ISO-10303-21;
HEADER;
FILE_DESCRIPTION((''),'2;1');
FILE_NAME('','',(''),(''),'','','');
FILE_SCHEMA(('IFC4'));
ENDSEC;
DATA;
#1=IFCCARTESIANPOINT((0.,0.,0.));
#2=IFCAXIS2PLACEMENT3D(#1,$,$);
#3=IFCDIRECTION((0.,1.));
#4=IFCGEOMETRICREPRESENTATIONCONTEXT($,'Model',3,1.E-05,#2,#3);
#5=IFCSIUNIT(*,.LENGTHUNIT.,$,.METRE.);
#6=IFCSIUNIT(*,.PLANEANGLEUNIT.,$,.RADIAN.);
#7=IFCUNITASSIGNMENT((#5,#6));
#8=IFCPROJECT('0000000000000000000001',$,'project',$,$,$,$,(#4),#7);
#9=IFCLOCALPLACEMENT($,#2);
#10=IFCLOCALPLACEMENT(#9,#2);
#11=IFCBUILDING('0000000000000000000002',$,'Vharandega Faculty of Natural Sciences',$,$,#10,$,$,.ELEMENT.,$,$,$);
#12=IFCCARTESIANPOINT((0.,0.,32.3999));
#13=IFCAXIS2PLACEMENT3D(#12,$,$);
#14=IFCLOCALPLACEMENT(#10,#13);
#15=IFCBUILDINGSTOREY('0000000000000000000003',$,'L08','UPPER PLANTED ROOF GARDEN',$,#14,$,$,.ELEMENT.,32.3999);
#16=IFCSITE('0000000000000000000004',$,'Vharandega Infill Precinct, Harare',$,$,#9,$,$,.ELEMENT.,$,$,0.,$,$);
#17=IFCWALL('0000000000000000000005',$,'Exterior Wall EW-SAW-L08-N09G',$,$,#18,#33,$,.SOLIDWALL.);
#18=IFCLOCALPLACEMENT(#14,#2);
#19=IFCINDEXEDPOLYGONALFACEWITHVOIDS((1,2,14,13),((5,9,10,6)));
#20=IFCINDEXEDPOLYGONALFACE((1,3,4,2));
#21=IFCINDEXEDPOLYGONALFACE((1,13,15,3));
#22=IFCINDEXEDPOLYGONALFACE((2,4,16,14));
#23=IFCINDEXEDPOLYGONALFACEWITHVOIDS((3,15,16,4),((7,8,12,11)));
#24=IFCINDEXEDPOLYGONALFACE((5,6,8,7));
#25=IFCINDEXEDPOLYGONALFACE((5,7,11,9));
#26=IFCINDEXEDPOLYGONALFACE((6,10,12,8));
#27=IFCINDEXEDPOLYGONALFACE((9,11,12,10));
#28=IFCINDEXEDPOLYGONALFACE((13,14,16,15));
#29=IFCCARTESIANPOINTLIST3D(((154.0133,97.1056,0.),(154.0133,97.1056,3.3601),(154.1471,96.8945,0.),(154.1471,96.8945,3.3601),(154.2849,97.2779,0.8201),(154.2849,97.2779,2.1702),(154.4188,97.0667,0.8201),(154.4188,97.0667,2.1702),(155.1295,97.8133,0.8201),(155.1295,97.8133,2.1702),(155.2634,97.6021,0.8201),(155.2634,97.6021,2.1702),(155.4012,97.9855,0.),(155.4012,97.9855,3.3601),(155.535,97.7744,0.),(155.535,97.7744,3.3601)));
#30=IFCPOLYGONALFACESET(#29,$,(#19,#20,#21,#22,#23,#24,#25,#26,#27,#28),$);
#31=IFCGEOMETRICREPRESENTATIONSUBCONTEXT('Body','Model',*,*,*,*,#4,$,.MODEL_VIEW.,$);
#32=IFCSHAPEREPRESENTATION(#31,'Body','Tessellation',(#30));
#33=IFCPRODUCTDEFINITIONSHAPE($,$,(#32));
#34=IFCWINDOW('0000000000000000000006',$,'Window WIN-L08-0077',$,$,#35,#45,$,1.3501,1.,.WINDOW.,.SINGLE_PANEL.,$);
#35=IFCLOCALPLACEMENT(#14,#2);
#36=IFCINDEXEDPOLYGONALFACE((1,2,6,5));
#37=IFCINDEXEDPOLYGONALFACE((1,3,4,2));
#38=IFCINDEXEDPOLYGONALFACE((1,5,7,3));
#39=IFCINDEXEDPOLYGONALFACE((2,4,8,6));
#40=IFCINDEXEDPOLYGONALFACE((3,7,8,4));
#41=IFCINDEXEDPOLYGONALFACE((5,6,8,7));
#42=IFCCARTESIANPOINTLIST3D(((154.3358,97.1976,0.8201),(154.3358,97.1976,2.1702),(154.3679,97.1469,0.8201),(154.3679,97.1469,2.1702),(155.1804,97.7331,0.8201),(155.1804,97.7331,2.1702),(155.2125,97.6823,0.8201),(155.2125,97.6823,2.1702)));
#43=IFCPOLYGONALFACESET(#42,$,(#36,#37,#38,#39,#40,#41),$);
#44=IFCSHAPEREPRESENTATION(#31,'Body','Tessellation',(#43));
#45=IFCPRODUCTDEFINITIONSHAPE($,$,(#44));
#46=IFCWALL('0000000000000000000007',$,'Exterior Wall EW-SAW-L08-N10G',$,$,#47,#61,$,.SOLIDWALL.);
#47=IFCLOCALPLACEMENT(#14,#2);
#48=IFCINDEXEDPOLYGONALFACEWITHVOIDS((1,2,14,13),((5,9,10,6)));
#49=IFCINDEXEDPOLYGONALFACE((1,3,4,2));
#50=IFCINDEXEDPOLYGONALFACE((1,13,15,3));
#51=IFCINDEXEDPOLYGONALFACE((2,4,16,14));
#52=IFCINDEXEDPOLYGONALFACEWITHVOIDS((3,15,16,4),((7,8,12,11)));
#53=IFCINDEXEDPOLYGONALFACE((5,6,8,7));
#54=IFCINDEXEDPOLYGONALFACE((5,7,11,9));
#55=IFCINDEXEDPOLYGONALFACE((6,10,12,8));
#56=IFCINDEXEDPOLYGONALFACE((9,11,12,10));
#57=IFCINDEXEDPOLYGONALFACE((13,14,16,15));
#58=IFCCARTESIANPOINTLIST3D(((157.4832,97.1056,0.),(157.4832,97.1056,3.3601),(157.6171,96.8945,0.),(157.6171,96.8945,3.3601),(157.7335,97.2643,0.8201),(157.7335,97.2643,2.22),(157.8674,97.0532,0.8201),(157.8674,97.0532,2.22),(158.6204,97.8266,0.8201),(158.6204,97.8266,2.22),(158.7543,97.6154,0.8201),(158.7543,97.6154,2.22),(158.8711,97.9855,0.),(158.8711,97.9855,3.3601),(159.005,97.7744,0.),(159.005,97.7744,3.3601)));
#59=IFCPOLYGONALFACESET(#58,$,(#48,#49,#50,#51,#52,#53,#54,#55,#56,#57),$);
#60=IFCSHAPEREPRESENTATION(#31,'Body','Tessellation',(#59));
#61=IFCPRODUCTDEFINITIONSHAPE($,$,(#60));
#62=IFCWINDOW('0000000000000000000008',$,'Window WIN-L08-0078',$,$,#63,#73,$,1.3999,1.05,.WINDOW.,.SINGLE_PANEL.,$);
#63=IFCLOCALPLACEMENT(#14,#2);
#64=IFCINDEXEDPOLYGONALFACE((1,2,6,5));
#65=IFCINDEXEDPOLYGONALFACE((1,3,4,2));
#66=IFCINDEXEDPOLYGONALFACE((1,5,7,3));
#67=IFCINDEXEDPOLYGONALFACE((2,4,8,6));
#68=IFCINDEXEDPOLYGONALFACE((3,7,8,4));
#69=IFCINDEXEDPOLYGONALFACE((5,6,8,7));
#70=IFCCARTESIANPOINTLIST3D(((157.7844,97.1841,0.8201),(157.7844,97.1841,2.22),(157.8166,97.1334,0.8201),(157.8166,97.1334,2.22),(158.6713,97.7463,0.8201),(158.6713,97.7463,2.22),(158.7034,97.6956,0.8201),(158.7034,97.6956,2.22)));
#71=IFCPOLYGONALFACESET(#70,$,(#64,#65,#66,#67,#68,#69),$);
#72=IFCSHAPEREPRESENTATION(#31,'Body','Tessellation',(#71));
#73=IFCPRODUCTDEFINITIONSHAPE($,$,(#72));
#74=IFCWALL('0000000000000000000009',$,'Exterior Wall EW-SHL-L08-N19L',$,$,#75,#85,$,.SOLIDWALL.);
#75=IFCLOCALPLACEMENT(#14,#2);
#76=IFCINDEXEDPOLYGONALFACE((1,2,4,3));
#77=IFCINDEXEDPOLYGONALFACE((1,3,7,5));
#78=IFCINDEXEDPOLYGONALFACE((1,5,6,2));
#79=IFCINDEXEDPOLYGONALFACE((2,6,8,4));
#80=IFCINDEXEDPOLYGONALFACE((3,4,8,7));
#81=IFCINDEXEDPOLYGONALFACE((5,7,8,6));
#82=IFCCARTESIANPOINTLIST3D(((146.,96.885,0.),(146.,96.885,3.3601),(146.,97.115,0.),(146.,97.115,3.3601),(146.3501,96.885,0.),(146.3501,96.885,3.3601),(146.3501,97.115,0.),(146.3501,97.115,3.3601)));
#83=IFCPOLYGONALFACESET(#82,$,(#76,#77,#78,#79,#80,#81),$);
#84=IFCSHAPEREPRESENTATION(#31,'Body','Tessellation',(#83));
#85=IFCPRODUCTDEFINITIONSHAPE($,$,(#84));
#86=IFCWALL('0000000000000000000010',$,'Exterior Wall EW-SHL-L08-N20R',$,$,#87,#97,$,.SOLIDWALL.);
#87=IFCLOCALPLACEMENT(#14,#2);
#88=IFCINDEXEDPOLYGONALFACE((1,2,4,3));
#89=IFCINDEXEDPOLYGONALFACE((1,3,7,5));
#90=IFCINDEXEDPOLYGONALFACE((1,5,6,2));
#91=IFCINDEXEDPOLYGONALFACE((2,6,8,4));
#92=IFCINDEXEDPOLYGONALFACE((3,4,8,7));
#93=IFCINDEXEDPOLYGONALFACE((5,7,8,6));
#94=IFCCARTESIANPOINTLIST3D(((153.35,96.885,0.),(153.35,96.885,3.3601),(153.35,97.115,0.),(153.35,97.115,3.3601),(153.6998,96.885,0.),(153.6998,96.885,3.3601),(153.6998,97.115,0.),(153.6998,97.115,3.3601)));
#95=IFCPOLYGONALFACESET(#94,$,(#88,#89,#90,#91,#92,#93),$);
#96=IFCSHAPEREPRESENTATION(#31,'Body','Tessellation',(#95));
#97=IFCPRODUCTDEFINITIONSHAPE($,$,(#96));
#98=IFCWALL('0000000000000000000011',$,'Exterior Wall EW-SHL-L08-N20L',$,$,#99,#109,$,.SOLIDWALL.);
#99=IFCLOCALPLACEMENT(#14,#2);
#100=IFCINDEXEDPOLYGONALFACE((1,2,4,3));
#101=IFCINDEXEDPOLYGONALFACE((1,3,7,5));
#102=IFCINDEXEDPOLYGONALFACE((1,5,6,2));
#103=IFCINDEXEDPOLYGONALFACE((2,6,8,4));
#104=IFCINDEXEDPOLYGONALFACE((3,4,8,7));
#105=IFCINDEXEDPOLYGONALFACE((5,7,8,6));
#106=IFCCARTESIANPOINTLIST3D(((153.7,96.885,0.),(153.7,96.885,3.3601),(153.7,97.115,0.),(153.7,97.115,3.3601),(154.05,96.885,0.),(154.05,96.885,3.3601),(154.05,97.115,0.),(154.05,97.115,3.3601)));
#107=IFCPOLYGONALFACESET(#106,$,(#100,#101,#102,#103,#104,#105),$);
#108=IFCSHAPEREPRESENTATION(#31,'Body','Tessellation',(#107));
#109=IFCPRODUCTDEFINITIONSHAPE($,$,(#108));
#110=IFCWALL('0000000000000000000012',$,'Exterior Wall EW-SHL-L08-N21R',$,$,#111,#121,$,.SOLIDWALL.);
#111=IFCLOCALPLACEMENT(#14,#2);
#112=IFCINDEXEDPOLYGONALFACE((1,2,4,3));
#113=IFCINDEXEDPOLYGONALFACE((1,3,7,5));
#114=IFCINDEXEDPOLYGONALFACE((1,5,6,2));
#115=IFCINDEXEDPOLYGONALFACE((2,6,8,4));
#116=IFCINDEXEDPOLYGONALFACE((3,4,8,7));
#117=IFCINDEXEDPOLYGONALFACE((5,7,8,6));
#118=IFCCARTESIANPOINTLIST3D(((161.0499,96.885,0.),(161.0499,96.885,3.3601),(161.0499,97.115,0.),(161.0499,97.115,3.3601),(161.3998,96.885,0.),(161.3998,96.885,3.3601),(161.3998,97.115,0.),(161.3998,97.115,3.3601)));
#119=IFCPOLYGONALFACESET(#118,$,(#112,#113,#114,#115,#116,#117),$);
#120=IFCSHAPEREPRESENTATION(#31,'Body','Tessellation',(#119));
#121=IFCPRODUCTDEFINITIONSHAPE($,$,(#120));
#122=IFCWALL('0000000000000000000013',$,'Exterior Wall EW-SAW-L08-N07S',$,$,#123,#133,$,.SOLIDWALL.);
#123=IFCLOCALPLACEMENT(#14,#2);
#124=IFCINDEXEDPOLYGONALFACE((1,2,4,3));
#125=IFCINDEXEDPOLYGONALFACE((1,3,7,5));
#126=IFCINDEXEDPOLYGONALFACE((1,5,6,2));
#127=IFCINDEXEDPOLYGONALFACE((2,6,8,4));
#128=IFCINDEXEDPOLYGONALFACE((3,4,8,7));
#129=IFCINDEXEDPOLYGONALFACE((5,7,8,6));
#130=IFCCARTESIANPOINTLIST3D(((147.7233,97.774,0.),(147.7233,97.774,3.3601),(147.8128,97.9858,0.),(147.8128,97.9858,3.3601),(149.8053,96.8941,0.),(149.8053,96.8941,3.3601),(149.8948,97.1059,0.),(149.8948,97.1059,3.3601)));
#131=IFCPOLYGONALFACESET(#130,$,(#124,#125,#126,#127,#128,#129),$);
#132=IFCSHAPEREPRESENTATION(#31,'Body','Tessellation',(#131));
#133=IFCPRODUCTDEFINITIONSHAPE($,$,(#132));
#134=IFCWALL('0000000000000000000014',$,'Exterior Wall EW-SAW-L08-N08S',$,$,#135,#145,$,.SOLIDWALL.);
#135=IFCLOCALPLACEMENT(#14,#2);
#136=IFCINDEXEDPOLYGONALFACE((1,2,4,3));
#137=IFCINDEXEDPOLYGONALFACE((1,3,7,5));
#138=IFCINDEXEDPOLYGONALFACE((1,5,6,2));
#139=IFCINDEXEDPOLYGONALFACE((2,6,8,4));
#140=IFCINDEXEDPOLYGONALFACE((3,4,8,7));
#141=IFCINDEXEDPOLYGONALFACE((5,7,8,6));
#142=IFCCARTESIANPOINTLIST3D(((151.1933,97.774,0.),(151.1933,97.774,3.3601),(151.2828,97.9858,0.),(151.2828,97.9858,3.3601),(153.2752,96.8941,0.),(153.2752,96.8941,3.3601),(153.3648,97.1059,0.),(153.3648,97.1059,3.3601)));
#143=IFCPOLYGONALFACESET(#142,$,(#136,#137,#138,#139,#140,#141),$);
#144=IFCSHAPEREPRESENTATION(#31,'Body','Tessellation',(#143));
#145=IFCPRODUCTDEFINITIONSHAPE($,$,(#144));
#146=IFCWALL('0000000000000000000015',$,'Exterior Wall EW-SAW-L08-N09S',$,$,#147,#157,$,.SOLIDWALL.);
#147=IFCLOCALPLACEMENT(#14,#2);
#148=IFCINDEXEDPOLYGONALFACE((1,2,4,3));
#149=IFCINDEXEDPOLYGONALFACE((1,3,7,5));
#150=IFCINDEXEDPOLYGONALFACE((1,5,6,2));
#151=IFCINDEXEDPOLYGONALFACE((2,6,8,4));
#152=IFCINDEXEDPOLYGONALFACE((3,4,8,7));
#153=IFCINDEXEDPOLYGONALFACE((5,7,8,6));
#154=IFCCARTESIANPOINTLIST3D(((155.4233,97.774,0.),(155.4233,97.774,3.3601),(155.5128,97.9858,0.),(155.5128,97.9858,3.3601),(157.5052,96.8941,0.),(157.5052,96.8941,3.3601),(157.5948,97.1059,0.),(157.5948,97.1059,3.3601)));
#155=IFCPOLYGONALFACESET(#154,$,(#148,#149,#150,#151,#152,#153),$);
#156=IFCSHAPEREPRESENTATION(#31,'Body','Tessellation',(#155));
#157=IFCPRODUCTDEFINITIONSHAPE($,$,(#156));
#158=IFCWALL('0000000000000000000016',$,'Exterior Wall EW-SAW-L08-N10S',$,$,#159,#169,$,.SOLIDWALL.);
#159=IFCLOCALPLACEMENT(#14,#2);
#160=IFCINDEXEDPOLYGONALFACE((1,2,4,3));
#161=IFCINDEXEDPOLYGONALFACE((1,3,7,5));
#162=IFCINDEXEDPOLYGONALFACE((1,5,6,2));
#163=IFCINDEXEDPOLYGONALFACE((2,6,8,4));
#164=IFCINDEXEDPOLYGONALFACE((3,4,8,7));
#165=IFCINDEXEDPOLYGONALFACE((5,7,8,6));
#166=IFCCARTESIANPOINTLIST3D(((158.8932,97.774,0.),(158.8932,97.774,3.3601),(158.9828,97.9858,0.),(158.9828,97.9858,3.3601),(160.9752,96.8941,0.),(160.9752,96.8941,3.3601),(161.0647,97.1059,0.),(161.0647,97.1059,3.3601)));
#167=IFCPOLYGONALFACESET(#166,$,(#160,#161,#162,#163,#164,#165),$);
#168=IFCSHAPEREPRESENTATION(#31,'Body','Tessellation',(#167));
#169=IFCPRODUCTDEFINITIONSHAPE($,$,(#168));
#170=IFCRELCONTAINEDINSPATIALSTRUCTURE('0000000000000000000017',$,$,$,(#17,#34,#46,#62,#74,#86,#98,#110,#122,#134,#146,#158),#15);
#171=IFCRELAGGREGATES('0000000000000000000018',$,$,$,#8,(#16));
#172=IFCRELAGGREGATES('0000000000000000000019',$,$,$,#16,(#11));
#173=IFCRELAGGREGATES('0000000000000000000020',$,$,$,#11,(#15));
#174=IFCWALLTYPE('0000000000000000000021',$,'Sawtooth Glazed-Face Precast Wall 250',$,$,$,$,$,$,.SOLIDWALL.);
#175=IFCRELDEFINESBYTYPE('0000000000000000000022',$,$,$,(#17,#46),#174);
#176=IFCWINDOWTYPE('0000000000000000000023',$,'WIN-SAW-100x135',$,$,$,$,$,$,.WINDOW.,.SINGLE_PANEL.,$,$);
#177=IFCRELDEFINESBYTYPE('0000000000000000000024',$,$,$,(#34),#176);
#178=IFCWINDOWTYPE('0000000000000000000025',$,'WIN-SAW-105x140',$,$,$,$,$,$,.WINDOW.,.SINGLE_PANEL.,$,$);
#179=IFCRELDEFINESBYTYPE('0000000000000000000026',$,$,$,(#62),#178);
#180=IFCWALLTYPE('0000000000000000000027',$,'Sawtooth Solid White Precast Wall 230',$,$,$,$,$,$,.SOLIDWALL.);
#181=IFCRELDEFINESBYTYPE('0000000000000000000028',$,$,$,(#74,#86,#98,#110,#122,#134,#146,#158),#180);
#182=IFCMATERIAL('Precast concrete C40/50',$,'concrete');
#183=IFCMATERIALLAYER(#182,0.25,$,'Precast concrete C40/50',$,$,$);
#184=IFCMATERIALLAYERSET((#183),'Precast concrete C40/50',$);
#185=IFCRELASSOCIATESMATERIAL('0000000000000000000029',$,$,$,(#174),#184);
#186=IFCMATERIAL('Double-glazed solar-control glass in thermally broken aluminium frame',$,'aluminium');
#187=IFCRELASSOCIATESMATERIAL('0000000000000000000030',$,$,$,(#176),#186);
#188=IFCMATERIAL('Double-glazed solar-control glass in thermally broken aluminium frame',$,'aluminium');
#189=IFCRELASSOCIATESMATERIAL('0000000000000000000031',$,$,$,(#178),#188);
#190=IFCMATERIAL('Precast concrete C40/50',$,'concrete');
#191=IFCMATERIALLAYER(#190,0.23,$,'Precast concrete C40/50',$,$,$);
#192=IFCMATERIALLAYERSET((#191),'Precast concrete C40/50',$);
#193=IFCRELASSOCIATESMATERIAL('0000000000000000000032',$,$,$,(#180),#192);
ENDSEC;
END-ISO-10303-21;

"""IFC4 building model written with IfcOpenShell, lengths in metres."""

from ifc_helpers import new_model, si_unit, direction, frame, frame_2d, origin, place, context, subcontext, project, spatial, rectangle, extrude, material, layer, layer_set, type_object, element, fill, save


model = new_model("IFC4")

# Units and contexts
model_context = context("Model", 3, precision=1e-05, world=origin(), true_north=direction((0.0, 1.0)))
body_context = subcontext(model_context, "Body", "Model", "MODEL_VIEW")
ifc_project = project(units=[si_unit("LENGTHUNIT", "METRE"), si_unit("PLANEANGLEUNIT", "RADIAN")], contexts=[model_context])

# Site, building, storey
site_placement = place(None, origin())
site = spatial("IfcSite", under=ifc_project, at=site_placement, Name="Vharandega Infill Precinct, Harare", CompositionType="ELEMENT", RefElevation=0.0)
building_placement = place(site_placement, origin())
building = spatial("IfcBuilding", under=site, at=building_placement, Name="Vharandega Faculty of Natural Sciences", CompositionType="ELEMENT")
storey_placement = place(building_placement, frame((0.0, 0.0, 32.3999)))
storey = spatial("IfcBuildingStorey", under=building, at=storey_placement, Name="L08", Description="UPPER PLANTED ROOF GARDEN", CompositionType="ELEMENT", Elevation=32.3999)

# Walls, openings, windows
ifc_material_1 = material(Name="Precast concrete C40/50", Category="concrete")
ifc_layer_1 = layer(ifc_material_1, 0.25, Name="Precast concrete C40/50")
ifc_layer_set_1 = layer_set([ifc_layer_1], Name="Precast concrete C40/50")
wall_type_1 = type_object("IfcWallType", Name="Sawtooth Glazed-Face Precast Wall 250", PredefinedType="SOLIDWALL", material=ifc_layer_set_1)
wall_1_placement = place(storey_placement, frame((154.0801, 97.0, 0.0), z_axis=(0.0, 0.0, 1.0), x_axis=(0.844584, 0.535423, 0.0)))
wall_1 = element("IfcWall", 1, at=wall_1_placement, inside=storey, type_object=wall_type_1, Name="Exterior Wall EW-SAW-L08-N09G", PredefinedType="SOLIDWALL", context=body_context, shape_type="SweptSolid", body=[
    extrude(rectangle(XDim=1.6433, YDim=0.25, at=frame_2d((0.8218, 0.0))), origin(), (0.0, 0.0, 1.0), 3.3601),
])
opening_1_placement = place(wall_1_placement, frame((0.3218, 0.0, 0.8201)))
opening_1 = element("IfcOpeningElement", 2, at=opening_1_placement, cuts=wall_1, PredefinedType="OPENING", context=body_context, shape_type="SweptSolid", body=[
    extrude(rectangle(XDim=1.0, YDim=1.3501, at=frame_2d((0.5, 0.675))), frame((0.0, 0.135, 0.0), z_axis=(0.0, -1.0, 0.0), x_axis=(1.0, 0.0, 0.0)), (0.0, 0.0, 1.0), 0.27),
])
ifc_material_2 = material(Name="Double-glazed solar-control glass in thermally broken aluminium frame", Category="aluminium")
window_type_1 = type_object("IfcWindowType", Name="WIN-SAW-100x135", PartitioningType="SINGLE_PANEL", PredefinedType="WINDOW", material=ifc_material_2)
window_1_placement = place(opening_1_placement, origin())
window_1 = element("IfcWindow", 3, at=window_1_placement, inside=storey, type_object=window_type_1, Name="Window WIN-L08-0077", OverallHeight=1.3501, OverallWidth=1.0, PartitioningType="SINGLE_PANEL", PredefinedType="WINDOW", context=body_context, shape_type="SweptSolid", body=[
    extrude(rectangle(XDim=1.0, YDim=1.3501, at=frame_2d((0.5, 0.675))), frame((0.0, 0.03, 0.0), z_axis=(0.0, -1.0, 0.0), x_axis=(1.0, 0.0, 0.0)), (0.0, 0.0, 1.0), 0.0601),
])
fill(opening_1, window_1)
wall_2_placement = place(storey_placement, frame((157.55, 97.0, 0.0), z_axis=(0.0, 0.0, 1.0), x_axis=(0.844584, 0.535423, 0.0)))
wall_2 = element("IfcWall", 4, at=wall_2_placement, inside=storey, type_object=wall_type_1, Name="Exterior Wall EW-SAW-L08-N10G", PredefinedType="SOLIDWALL", context=body_context, shape_type="SweptSolid", body=[
    extrude(rectangle(XDim=1.6433, YDim=0.25, at=frame_2d((0.8218, 0.0))), origin(), (0.0, 0.0, 1.0), 3.3601),
])
opening_2_placement = place(wall_2_placement, frame((0.2966, 0.0, 0.8201)))
opening_2 = element("IfcOpeningElement", 5, at=opening_2_placement, cuts=wall_2, PredefinedType="OPENING", context=body_context, shape_type="SweptSolid", body=[
    extrude(rectangle(XDim=1.05, YDim=1.3999, at=frame_2d((0.5249, 0.7))), frame((0.0, 0.135, 0.0), z_axis=(0.0, -1.0, 0.0), x_axis=(1.0, 0.0, 0.0)), (0.0, 0.0, 1.0), 0.27),
])
ifc_material_3 = material(Name="Double-glazed solar-control glass in thermally broken aluminium frame", Category="aluminium")
window_type_2 = type_object("IfcWindowType", Name="WIN-SAW-105x140", PartitioningType="SINGLE_PANEL", PredefinedType="WINDOW", material=ifc_material_3)
window_2_placement = place(opening_2_placement, origin())
window_2 = element("IfcWindow", 6, at=window_2_placement, inside=storey, type_object=window_type_2, Name="Window WIN-L08-0078", OverallHeight=1.3999, OverallWidth=1.05, PartitioningType="SINGLE_PANEL", PredefinedType="WINDOW", context=body_context, shape_type="SweptSolid", body=[
    extrude(rectangle(XDim=1.05, YDim=1.3999, at=frame_2d((0.5249, 0.7))), frame((0.0, 0.03, 0.0), z_axis=(0.0, -1.0, 0.0), x_axis=(1.0, 0.0, 0.0)), (0.0, 0.0, 1.0), 0.0601),
])
fill(opening_2, window_2)

# Walls
ifc_material_4 = material(Name="Precast concrete C40/50", Category="concrete")
ifc_layer_2 = layer(ifc_material_4, 0.23, Name="Precast concrete C40/50")
ifc_layer_set_2 = layer_set([ifc_layer_2], Name="Precast concrete C40/50")
wall_type_2 = type_object("IfcWallType", Name="Sawtooth Solid White Precast Wall 230", PredefinedType="SOLIDWALL", material=ifc_layer_set_2)
wall_3_placement = place(storey_placement, frame((146.0, 97.0, 0.0), z_axis=(0.0, 0.0, 1.0), x_axis=(1.0, 0.0, 0.0)))
element("IfcWall", 7, at=wall_3_placement, inside=storey, type_object=wall_type_2, Name="Exterior Wall EW-SHL-L08-N19L", PredefinedType="SOLIDWALL", context=body_context, shape_type="SweptSolid", body=[
    extrude(rectangle(XDim=0.3501, YDim=0.23, at=frame_2d((0.175, 0.0))), origin(), (0.0, 0.0, 1.0), 3.3601),
])
wall_4_placement = place(storey_placement, frame((153.3501, 97.0, 0.0), z_axis=(0.0, 0.0, 1.0), x_axis=(1.0, 0.0, 0.0)))
element("IfcWall", 8, at=wall_4_placement, inside=storey, type_object=wall_type_2, Name="Exterior Wall EW-SHL-L08-N20R", PredefinedType="SOLIDWALL", context=body_context, shape_type="SweptSolid", body=[
    extrude(rectangle(XDim=0.3499, YDim=0.23, at=frame_2d((0.1748, 0.0))), origin(), (0.0, 0.0, 1.0), 3.3601),
])
wall_5_placement = place(storey_placement, frame((153.7, 97.0, 0.0), z_axis=(0.0, 0.0, 1.0), x_axis=(1.0, 0.0, 0.0)))
element("IfcWall", 9, at=wall_5_placement, inside=storey, type_object=wall_type_2, Name="Exterior Wall EW-SHL-L08-N20L", PredefinedType="SOLIDWALL", context=body_context, shape_type="SweptSolid", body=[
    extrude(rectangle(XDim=0.3501, YDim=0.23, at=frame_2d((0.175, 0.0))), origin(), (0.0, 0.0, 1.0), 3.3601),
])
wall_6_placement = place(storey_placement, frame((161.05, 97.0, 0.0), z_axis=(0.0, 0.0, 1.0), x_axis=(1.0, 0.0, 0.0)))
element("IfcWall", 10, at=wall_6_placement, inside=storey, type_object=wall_type_2, Name="Exterior Wall EW-SHL-L08-N21R", PredefinedType="SOLIDWALL", context=body_context, shape_type="SweptSolid", body=[
    extrude(rectangle(XDim=0.3499, YDim=0.23, at=frame_2d((0.1748, 0.0))), origin(), (0.0, 0.0, 1.0), 3.3601),
])
for number, where, z_axis, x_axis, name in (
    (11, (147.7681, 97.8799, 0.0), (0.0, 0.0, 1.0), (0.921122, -0.389274, 0.0), "Exterior Wall EW-SAW-L08-N07S"),
    (12, (151.238, 97.8799, 0.0), (0.0, 0.0, 1.0), (0.921122, -0.389274, 0.0), "Exterior Wall EW-SAW-L08-N08S"),
    (13, (155.468, 97.8799, 0.0), (0.0, 0.0, 1.0), (0.921122, -0.389274, 0.0), "Exterior Wall EW-SAW-L08-N09S"),
    (14, (158.938, 97.8799, 0.0), (0.0, 0.0, 1.0), (0.921122, -0.389274, 0.0), "Exterior Wall EW-SAW-L08-N10S"),
):
    element("IfcWall", number, at=place(storey_placement, frame(where, z_axis=z_axis, x_axis=x_axis)), inside=storey, type_object=wall_type_2, Name=name, PredefinedType="SOLIDWALL", context=body_context, shape_type="SweptSolid", body=[
        extrude(rectangle(XDim=2.2603, YDim=0.23, at=frame_2d((1.1301, 0.0))), origin(), (0.0, 0.0, 1.0), 3.3601),
    ])

save(model, "model.ifc")
